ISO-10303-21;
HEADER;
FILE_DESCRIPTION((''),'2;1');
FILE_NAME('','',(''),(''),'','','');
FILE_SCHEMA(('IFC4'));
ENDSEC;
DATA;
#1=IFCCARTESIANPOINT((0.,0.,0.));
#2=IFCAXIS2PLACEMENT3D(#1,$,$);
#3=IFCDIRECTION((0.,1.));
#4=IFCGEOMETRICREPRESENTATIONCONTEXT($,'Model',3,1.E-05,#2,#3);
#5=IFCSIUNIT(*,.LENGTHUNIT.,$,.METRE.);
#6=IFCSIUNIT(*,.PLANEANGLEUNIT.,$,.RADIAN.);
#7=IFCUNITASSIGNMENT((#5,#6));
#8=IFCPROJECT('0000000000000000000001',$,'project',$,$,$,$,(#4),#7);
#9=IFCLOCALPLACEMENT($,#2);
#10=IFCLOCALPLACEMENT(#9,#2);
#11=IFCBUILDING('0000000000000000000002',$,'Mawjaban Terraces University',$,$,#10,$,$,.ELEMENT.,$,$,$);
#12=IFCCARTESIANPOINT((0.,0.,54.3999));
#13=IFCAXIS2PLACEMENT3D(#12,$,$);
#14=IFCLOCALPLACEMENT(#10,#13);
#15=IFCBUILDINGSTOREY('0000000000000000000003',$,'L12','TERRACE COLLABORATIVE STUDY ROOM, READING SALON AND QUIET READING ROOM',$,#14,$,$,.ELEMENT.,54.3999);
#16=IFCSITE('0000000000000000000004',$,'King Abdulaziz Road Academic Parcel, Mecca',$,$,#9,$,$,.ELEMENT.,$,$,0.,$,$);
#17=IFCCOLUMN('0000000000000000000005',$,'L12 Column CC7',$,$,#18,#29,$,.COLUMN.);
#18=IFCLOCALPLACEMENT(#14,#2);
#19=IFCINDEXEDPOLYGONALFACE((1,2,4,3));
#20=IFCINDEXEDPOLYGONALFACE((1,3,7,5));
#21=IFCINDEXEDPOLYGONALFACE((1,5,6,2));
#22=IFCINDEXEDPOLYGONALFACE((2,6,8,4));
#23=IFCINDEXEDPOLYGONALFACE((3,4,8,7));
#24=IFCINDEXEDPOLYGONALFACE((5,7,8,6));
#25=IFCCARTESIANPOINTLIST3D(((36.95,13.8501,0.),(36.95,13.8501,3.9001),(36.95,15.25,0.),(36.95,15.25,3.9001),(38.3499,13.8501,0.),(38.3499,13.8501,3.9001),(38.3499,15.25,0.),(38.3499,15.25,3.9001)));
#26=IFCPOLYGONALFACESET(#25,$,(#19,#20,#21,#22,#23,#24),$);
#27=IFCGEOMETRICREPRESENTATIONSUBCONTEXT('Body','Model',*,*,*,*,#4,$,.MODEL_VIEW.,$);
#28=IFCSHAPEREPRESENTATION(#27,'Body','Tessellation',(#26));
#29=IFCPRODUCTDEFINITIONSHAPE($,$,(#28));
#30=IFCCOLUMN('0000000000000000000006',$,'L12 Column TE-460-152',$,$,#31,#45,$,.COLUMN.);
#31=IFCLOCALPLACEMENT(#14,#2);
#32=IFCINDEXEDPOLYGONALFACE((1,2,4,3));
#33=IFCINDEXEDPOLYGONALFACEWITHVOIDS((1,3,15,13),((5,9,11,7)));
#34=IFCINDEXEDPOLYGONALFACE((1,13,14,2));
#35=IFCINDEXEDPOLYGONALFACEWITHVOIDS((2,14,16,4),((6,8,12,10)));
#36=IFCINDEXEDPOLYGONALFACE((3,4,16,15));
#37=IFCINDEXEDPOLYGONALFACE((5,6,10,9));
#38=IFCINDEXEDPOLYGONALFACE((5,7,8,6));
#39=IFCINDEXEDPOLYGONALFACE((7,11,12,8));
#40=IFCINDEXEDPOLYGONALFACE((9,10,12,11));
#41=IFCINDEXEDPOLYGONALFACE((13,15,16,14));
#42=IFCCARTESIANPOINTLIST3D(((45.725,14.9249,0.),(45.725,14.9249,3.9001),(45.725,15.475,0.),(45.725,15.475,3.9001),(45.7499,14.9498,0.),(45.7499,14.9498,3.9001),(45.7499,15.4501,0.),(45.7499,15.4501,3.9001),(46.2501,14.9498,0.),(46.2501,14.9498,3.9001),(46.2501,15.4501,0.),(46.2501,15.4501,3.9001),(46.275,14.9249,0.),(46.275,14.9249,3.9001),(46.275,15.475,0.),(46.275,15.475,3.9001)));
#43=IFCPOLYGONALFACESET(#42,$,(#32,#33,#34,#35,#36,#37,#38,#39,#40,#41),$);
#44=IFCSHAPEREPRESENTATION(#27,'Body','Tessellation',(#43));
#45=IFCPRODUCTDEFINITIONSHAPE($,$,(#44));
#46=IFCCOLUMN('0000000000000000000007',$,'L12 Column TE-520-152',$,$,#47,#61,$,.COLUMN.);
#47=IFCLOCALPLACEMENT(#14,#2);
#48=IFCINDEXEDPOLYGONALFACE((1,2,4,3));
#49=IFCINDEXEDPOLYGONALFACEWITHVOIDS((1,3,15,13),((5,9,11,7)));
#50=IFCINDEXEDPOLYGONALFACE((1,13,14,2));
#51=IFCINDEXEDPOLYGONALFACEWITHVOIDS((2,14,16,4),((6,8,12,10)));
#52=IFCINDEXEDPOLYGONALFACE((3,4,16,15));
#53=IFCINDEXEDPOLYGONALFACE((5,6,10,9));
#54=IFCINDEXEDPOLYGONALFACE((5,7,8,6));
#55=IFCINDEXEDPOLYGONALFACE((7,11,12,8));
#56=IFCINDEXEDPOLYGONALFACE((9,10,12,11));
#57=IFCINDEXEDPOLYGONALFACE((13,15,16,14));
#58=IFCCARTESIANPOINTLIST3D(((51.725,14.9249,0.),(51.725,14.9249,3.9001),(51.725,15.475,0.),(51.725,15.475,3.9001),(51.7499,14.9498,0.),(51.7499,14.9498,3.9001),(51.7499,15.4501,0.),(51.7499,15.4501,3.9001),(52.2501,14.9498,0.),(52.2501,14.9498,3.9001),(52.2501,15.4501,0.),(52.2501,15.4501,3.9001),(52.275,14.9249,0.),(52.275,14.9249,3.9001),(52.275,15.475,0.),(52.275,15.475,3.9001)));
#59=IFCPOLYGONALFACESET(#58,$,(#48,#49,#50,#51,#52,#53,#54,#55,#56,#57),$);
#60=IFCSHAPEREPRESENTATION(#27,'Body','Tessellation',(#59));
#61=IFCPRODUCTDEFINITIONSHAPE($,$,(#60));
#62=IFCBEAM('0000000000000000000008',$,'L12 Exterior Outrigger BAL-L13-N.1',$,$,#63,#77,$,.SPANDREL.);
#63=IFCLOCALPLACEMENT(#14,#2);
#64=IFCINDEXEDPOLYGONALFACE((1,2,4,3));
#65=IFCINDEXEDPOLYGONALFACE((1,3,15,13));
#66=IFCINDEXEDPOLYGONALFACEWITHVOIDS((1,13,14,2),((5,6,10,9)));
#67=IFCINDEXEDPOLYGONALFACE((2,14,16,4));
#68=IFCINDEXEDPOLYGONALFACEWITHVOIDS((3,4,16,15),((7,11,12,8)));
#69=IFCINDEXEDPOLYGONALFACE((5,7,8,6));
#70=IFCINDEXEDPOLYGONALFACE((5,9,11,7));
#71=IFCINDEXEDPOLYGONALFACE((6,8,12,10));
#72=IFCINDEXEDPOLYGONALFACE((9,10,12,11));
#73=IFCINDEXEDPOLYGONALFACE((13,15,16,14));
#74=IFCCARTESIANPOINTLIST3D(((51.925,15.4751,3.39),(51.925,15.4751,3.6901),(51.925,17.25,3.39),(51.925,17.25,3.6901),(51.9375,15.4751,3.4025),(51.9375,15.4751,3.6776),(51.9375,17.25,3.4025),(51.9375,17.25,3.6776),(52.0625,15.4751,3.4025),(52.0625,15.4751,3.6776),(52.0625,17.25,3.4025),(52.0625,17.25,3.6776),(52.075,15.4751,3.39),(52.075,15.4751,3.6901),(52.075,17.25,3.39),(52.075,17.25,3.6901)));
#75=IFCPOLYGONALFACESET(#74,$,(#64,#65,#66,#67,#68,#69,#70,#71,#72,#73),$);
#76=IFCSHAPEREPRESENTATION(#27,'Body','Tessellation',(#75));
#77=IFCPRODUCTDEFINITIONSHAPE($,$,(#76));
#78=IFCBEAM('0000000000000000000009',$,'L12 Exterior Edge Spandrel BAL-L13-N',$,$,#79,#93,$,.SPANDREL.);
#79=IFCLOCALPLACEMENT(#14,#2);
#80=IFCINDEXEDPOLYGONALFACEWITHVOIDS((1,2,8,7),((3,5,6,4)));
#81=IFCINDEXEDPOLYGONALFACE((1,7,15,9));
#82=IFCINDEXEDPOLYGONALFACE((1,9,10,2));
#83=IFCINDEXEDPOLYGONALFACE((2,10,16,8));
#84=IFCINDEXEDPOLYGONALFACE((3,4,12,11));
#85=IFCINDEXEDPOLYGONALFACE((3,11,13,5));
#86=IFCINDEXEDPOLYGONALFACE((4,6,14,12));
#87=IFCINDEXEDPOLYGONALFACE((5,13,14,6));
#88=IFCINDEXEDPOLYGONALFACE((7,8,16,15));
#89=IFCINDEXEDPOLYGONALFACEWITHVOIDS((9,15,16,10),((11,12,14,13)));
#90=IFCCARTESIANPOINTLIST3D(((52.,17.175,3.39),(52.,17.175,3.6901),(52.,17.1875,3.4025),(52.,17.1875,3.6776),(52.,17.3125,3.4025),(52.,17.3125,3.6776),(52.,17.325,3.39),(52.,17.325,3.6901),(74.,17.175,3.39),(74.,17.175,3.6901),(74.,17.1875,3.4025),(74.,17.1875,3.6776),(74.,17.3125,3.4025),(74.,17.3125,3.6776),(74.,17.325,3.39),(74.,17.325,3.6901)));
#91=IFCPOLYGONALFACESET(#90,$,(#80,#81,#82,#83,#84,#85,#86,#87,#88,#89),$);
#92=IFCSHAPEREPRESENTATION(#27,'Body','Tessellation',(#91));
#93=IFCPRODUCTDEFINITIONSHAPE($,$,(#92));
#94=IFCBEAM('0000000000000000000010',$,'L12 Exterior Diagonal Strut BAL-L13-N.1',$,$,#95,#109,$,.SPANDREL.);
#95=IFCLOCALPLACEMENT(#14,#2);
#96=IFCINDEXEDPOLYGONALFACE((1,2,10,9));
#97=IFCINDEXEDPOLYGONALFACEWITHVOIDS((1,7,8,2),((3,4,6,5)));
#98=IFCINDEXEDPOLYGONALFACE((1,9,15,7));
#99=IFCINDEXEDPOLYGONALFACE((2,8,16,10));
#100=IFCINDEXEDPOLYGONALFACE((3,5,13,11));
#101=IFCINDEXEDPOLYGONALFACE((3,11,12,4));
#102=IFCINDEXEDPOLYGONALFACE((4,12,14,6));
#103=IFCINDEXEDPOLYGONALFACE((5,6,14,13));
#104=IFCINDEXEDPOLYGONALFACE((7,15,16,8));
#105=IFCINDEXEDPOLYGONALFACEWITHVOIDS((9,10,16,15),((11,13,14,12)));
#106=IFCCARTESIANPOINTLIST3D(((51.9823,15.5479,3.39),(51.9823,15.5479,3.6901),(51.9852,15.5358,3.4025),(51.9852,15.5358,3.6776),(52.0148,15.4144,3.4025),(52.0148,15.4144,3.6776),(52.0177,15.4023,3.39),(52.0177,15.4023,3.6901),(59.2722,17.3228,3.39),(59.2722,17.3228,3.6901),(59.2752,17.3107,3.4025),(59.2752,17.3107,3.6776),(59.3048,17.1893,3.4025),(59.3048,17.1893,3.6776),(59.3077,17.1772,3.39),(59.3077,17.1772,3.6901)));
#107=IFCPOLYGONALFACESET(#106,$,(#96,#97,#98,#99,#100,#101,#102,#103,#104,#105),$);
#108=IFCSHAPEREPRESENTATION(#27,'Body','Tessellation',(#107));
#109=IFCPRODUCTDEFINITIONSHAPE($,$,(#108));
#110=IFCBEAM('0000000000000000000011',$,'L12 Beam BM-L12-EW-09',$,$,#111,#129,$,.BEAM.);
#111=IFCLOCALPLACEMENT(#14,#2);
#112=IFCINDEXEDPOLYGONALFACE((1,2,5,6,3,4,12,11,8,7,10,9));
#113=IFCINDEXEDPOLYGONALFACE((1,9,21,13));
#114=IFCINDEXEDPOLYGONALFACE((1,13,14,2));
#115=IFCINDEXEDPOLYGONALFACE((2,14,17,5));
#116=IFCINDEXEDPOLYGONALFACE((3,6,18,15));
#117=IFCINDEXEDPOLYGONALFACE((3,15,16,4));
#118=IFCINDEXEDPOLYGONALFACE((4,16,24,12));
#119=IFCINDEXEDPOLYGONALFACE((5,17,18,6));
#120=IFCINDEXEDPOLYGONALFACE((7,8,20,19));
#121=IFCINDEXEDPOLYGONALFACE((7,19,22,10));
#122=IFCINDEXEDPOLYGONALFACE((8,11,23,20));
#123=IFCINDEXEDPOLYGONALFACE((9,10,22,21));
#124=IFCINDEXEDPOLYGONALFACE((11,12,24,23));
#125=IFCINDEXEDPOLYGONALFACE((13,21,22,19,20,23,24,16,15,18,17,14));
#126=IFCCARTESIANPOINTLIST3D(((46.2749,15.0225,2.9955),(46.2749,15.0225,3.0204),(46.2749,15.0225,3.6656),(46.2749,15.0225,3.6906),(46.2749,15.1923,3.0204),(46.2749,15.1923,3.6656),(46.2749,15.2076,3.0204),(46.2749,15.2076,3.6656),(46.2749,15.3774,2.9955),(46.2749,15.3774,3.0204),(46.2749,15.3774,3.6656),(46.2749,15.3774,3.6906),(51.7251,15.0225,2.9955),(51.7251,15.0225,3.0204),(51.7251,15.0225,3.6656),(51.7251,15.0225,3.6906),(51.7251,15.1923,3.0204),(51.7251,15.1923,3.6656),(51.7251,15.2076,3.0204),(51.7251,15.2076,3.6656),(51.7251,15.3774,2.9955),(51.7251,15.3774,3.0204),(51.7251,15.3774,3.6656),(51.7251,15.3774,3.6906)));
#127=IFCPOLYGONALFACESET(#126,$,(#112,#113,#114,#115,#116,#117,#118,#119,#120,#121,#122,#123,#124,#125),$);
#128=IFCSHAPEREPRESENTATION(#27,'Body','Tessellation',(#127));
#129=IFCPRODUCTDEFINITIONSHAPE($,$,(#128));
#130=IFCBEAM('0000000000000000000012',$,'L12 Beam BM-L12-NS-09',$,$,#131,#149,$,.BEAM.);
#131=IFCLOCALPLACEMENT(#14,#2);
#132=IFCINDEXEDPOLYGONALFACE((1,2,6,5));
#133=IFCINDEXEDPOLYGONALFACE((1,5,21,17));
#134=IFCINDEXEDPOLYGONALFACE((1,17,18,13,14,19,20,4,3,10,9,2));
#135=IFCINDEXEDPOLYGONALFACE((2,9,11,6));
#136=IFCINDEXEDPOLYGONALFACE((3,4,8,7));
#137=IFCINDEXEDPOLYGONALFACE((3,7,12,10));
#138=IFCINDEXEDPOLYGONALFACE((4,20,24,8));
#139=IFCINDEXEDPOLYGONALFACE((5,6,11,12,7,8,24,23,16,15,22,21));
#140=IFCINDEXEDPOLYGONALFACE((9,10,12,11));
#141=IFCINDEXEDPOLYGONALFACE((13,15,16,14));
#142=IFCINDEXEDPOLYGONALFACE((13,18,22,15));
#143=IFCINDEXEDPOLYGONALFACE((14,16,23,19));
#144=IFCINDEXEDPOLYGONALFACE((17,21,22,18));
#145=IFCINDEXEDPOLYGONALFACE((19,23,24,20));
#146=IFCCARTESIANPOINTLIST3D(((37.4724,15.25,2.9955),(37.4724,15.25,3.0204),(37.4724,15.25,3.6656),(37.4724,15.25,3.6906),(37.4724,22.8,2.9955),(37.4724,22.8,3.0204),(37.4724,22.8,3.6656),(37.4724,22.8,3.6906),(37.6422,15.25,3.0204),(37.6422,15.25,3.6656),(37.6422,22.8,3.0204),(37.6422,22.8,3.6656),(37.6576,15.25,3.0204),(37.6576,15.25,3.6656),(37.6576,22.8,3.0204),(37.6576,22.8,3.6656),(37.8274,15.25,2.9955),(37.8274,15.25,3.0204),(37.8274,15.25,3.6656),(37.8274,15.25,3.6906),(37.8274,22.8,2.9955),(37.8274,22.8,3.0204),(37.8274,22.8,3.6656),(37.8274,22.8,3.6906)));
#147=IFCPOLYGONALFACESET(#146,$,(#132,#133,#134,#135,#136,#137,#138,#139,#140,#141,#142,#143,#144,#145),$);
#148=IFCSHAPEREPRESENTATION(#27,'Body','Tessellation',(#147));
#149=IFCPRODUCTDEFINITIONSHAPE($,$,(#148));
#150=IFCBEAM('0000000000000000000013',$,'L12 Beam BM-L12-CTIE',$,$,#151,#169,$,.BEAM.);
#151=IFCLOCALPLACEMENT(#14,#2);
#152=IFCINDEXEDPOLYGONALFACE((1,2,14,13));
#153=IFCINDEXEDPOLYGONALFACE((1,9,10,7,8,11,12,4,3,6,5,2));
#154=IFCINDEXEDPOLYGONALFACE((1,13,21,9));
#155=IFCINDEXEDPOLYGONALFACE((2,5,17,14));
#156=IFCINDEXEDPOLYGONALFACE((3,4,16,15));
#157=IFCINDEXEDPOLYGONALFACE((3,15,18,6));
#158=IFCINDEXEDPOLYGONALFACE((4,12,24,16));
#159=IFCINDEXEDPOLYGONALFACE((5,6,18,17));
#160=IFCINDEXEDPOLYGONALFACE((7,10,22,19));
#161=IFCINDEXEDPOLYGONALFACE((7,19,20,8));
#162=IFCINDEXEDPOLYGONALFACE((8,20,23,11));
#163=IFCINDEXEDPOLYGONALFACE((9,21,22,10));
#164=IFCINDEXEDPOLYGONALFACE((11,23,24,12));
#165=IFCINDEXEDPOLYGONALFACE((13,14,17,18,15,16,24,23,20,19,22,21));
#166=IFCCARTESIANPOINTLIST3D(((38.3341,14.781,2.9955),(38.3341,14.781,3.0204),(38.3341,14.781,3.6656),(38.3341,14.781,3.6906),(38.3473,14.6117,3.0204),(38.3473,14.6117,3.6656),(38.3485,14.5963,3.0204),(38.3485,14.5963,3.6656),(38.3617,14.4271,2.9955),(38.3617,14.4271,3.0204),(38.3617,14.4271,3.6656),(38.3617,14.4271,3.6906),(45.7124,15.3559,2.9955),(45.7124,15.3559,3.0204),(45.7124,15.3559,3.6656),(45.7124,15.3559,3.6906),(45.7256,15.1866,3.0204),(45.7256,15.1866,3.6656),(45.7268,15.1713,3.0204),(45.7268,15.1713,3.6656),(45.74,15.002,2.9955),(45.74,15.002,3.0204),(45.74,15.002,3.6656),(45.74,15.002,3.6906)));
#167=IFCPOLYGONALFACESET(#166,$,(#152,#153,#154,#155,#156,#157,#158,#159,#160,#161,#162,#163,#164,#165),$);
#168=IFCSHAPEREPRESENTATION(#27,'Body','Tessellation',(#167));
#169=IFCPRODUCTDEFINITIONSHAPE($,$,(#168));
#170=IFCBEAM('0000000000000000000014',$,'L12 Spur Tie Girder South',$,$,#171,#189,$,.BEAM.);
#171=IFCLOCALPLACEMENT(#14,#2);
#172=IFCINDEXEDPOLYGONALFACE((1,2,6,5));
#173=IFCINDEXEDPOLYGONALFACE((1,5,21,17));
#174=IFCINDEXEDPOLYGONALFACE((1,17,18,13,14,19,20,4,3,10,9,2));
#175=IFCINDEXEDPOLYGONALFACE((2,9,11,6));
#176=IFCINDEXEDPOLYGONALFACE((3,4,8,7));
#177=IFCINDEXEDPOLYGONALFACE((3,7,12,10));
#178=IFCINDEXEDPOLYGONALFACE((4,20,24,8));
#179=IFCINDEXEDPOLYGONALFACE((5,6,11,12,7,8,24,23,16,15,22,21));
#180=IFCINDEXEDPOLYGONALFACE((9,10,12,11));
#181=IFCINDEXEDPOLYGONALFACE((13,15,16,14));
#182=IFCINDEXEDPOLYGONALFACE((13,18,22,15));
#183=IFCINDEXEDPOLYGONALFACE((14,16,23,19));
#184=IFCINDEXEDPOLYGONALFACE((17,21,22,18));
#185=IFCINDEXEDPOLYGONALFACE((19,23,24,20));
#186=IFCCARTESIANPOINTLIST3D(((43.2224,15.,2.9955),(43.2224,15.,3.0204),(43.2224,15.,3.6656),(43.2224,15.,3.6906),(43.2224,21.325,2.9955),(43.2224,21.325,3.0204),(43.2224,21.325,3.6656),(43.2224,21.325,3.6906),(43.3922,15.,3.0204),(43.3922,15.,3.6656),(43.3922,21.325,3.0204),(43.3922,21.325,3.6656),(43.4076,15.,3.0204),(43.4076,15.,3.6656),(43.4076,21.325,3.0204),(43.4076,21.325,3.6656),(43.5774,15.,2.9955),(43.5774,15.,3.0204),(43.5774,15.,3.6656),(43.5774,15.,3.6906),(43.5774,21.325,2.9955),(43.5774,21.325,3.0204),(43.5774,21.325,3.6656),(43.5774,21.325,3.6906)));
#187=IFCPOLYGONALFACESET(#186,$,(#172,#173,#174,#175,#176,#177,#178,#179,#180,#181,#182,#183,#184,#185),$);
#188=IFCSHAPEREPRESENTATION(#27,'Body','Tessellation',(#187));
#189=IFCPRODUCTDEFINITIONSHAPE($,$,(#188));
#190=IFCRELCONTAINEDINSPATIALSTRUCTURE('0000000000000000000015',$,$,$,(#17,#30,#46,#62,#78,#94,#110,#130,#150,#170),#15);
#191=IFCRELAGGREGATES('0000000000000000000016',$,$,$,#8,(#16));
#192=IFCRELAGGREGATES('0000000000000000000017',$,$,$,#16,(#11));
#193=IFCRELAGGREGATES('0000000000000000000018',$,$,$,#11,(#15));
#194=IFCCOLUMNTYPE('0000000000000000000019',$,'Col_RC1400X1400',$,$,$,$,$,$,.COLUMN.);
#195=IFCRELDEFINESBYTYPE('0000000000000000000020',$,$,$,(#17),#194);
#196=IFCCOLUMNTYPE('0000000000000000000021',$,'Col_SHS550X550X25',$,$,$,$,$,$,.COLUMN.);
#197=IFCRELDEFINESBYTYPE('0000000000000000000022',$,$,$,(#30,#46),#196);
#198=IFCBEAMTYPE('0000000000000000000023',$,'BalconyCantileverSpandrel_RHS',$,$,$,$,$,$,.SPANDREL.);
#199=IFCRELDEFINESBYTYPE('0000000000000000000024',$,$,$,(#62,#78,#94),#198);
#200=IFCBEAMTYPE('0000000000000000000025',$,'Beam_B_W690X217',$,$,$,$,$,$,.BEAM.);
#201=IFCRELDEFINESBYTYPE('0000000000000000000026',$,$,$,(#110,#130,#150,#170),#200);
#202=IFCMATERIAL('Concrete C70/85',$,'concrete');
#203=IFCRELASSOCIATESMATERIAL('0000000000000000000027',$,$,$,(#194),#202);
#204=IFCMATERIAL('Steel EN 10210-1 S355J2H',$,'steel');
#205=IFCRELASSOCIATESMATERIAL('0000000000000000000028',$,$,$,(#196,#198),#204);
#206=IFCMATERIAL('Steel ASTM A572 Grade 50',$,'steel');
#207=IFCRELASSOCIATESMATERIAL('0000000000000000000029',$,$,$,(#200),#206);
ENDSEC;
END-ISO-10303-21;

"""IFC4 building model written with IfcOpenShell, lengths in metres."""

from ifc_helpers import new_model, si_unit, direction, frame, origin, origin_2d, place, context, subcontext, project, spatial, rectangle, hollow_rectangle, i_section, extrude, material, material_profile, profile_set, type_object, element, save


model = new_model("IFC4")

# Units and contexts
model_context = context("Model", 3, precision=1e-05, world=origin(), true_north=direction((0.0, 1.0)))
body_context = subcontext(model_context, "Body", "Model", "MODEL_VIEW")
ifc_project = project(units=[si_unit("LENGTHUNIT", "METRE"), si_unit("PLANEANGLEUNIT", "RADIAN")], contexts=[model_context])

# Site, building, storey
site_placement = place(None, origin())
site = spatial("IfcSite", under=ifc_project, at=site_placement, Name="King Abdulaziz Road Academic Parcel, Mecca", CompositionType="ELEMENT", RefElevation=0.0)
building_placement = place(site_placement, origin())
building = spatial("IfcBuilding", under=site, at=building_placement, Name="Mawjaban Terraces University", CompositionType="ELEMENT")
storey_placement = place(building_placement, frame((0.0, 0.0, 54.3999)))
storey = spatial("IfcBuildingStorey", under=building, at=storey_placement, Name="L12", Description="TERRACE COLLABORATIVE STUDY ROOM, READING SALON AND QUIET READING ROOM", CompositionType="ELEMENT", Elevation=54.3999)

# Columns
ifc_material_1 = material(Name="Concrete C70/85", Category="concrete")
ifc_material_profile_1 = material_profile(ifc_material_1, rectangle(XDim=1.3999, YDim=1.3999, at=origin_2d()), Name="RC1400X1400")
ifc_profile_set_1 = profile_set([ifc_material_profile_1], Name="Concrete C70/85")
column_type_1 = type_object("IfcColumnType", Name="Col_RC1400X1400", PredefinedType="COLUMN", material=ifc_profile_set_1)
column_placement = place(storey_placement, frame((37.6499, 14.55, 0.0), z_axis=(0.0, 0.0, 1.0), x_axis=(1.0, 0.0, 0.0)))
element("IfcColumn", 1, at=column_placement, inside=storey, type_object=column_type_1, Name="L12 Column CC7", PredefinedType="COLUMN", context=body_context, shape_type="SweptSolid", body=[
    extrude(rectangle(XDim=1.3999, YDim=1.3999, at=origin_2d()), origin(), (0.0, 0.0, 1.0), 3.9001),
])
ifc_material_2 = material(Name="Steel EN 10210-1 S355J2H", Category="steel")
ifc_material_profile_2 = material_profile(ifc_material_2, hollow_rectangle(XDim=0.55, YDim=0.55, WallThickness=0.0249, at=origin_2d()), Name="SHS550X550X25")
ifc_profile_set_2 = profile_set([ifc_material_profile_2], Name="Steel EN 10210-1 S355J2H")
column_type_2 = type_object("IfcColumnType", Name="Col_SHS550X550X25", PredefinedType="COLUMN", material=ifc_profile_set_2)
for number, where, z_axis, x_axis, name in (
    (2, (46.0, 15.2, 0.0), (0.0, 0.0, 1.0), (1.0, 0.0, 0.0), "L12 Column TE-460-152"),
    (3, (52.0, 15.2, 0.0), (0.0, 0.0, 1.0), (1.0, 0.0, 0.0), "L12 Column TE-520-152"),
):
    element("IfcColumn", number, at=place(storey_placement, frame(where, z_axis=z_axis, x_axis=x_axis)), inside=storey, type_object=column_type_2, Name=name, PredefinedType="COLUMN", context=body_context, shape_type="SweptSolid", body=[
        extrude(hollow_rectangle(XDim=0.55, YDim=0.55, WallThickness=0.0249, at=origin_2d()), origin(), (0.0, 0.0, 1.0), 3.9001),
    ])

# Beams
ifc_material_profile_3 = material_profile(ifc_material_2, hollow_rectangle(XDim=0.1499, YDim=0.3, WallThickness=0.0125, at=origin_2d()), Name="RHS300X150X12.5")
ifc_profile_set_3 = profile_set([ifc_material_profile_3], Name="Steel EN 10210-1 S355J2H")
beam_type_1 = type_object("IfcBeamType", Name="BalconyCantileverSpandrel_RHS", PredefinedType="SPANDREL", material=ifc_profile_set_3)
beam_1_placement = place(storey_placement, frame((52.0, 15.4751, 3.54), z_axis=(0.0, 1.0, 0.0), x_axis=(-1.0, 0.0, 0.0)))
element("IfcBeam", 4, at=beam_1_placement, inside=storey, type_object=beam_type_1, Name="L12 Exterior Outrigger BAL-L13-N.1", PredefinedType="SPANDREL", context=body_context, shape_type="SweptSolid", body=[
    extrude(hollow_rectangle(XDim=0.1499, YDim=0.3, WallThickness=0.0125, at=origin_2d()), origin(), (0.0, 0.0, 1.0), 1.7749),
])
beam_2_placement = place(storey_placement, frame((52.0, 17.25, 3.54), z_axis=(1.0, 0.0, 0.0), x_axis=(0.0, 1.0, 0.0)))
element("IfcBeam", 5, at=beam_2_placement, inside=storey, type_object=beam_type_1, Name="L12 Exterior Edge Spandrel BAL-L13-N", PredefinedType="SPANDREL", context=body_context, shape_type="SweptSolid", body=[
    extrude(hollow_rectangle(XDim=0.1499, YDim=0.3, WallThickness=0.0125, at=origin_2d()), origin(), (0.0, 0.0, 1.0), 22.0),
])
beam_3_placement = place(storey_placement, frame((52.0, 15.4751, 3.54), z_axis=(0.971617, 0.236559, 0.0), x_axis=(-0.236559, 0.971617, 0.0)))
element("IfcBeam", 6, at=beam_3_placement, inside=storey, type_object=beam_type_1, Name="L12 Exterior Diagonal Strut BAL-L13-N.1", PredefinedType="SPANDREL", context=body_context, shape_type="SweptSolid", body=[
    extrude(hollow_rectangle(XDim=0.1499, YDim=0.3, WallThickness=0.0125, at=origin_2d()), origin(), (0.0, 0.0, 1.0), 7.5029),
])
ifc_material_3 = material(Name="Steel ASTM A572 Grade 50", Category="steel")
ifc_material_profile_4 = material_profile(ifc_material_3, i_section(OverallWidth=0.355, OverallDepth=0.6951, WebThickness=0.0154, FlangeThickness=0.0249, at=origin_2d()), Name="W690X217")
ifc_profile_set_4 = profile_set([ifc_material_profile_4], Name="Steel ASTM A572 Grade 50")
beam_type_2 = type_object("IfcBeamType", Name="Beam_B_W690X217", PredefinedType="BEAM", material=ifc_profile_set_4)
beam_4_placement = place(storey_placement, frame((46.2749, 15.2, 3.343), z_axis=(1.0, 0.0, 0.0), x_axis=(0.0, 1.0, 0.0)))
element("IfcBeam", 7, at=beam_4_placement, inside=storey, type_object=beam_type_2, Name="L12 Beam BM-L12-EW-09", PredefinedType="BEAM", context=body_context, shape_type="SweptSolid", body=[
    extrude(i_section(OverallWidth=0.355, OverallDepth=0.6951, WebThickness=0.0154, FlangeThickness=0.0249, at=origin_2d()), origin(), (0.0, 0.0, 1.0), 5.4502),
])
beam_5_placement = place(storey_placement, frame((37.6499, 15.25, 3.343), z_axis=(0.0, 1.0, 0.0), x_axis=(-1.0, 0.0, 0.0)))
element("IfcBeam", 8, at=beam_5_placement, inside=storey, type_object=beam_type_2, Name="L12 Beam BM-L12-NS-09", PredefinedType="BEAM", context=body_context, shape_type="SweptSolid", body=[
    extrude(i_section(OverallWidth=0.355, OverallDepth=0.6951, WebThickness=0.0154, FlangeThickness=0.0249, at=origin_2d()), origin(), (0.0, 0.0, 1.0), 7.55),
])
beam_6_placement = place(storey_placement, frame((38.3479, 14.604, 3.343), z_axis=(0.996978, 0.07769, 0.0), x_axis=(-0.07769, 0.996978, 0.0)))
element("IfcBeam", 9, at=beam_6_placement, inside=storey, type_object=beam_type_2, Name="L12 Beam BM-L12-CTIE", PredefinedType="BEAM", context=body_context, shape_type="SweptSolid", body=[
    extrude(i_section(OverallWidth=0.355, OverallDepth=0.6951, WebThickness=0.0154, FlangeThickness=0.0249, at=origin_2d()), origin(), (0.0, 0.0, 1.0), 7.4006),
])
beam_7_placement = place(storey_placement, frame((43.3999, 15.0, 3.343), z_axis=(0.0, 1.0, 0.0), x_axis=(-1.0, 0.0, 0.0)))
element("IfcBeam", 10, at=beam_7_placement, inside=storey, type_object=beam_type_2, Name="L12 Spur Tie Girder South", PredefinedType="BEAM", context=body_context, shape_type="SweptSolid", body=[
    extrude(i_section(OverallWidth=0.355, OverallDepth=0.6951, WebThickness=0.0154, FlangeThickness=0.0249, at=origin_2d()), origin(), (0.0, 0.0, 1.0), 6.325),
])

save(model, "model.ifc")
